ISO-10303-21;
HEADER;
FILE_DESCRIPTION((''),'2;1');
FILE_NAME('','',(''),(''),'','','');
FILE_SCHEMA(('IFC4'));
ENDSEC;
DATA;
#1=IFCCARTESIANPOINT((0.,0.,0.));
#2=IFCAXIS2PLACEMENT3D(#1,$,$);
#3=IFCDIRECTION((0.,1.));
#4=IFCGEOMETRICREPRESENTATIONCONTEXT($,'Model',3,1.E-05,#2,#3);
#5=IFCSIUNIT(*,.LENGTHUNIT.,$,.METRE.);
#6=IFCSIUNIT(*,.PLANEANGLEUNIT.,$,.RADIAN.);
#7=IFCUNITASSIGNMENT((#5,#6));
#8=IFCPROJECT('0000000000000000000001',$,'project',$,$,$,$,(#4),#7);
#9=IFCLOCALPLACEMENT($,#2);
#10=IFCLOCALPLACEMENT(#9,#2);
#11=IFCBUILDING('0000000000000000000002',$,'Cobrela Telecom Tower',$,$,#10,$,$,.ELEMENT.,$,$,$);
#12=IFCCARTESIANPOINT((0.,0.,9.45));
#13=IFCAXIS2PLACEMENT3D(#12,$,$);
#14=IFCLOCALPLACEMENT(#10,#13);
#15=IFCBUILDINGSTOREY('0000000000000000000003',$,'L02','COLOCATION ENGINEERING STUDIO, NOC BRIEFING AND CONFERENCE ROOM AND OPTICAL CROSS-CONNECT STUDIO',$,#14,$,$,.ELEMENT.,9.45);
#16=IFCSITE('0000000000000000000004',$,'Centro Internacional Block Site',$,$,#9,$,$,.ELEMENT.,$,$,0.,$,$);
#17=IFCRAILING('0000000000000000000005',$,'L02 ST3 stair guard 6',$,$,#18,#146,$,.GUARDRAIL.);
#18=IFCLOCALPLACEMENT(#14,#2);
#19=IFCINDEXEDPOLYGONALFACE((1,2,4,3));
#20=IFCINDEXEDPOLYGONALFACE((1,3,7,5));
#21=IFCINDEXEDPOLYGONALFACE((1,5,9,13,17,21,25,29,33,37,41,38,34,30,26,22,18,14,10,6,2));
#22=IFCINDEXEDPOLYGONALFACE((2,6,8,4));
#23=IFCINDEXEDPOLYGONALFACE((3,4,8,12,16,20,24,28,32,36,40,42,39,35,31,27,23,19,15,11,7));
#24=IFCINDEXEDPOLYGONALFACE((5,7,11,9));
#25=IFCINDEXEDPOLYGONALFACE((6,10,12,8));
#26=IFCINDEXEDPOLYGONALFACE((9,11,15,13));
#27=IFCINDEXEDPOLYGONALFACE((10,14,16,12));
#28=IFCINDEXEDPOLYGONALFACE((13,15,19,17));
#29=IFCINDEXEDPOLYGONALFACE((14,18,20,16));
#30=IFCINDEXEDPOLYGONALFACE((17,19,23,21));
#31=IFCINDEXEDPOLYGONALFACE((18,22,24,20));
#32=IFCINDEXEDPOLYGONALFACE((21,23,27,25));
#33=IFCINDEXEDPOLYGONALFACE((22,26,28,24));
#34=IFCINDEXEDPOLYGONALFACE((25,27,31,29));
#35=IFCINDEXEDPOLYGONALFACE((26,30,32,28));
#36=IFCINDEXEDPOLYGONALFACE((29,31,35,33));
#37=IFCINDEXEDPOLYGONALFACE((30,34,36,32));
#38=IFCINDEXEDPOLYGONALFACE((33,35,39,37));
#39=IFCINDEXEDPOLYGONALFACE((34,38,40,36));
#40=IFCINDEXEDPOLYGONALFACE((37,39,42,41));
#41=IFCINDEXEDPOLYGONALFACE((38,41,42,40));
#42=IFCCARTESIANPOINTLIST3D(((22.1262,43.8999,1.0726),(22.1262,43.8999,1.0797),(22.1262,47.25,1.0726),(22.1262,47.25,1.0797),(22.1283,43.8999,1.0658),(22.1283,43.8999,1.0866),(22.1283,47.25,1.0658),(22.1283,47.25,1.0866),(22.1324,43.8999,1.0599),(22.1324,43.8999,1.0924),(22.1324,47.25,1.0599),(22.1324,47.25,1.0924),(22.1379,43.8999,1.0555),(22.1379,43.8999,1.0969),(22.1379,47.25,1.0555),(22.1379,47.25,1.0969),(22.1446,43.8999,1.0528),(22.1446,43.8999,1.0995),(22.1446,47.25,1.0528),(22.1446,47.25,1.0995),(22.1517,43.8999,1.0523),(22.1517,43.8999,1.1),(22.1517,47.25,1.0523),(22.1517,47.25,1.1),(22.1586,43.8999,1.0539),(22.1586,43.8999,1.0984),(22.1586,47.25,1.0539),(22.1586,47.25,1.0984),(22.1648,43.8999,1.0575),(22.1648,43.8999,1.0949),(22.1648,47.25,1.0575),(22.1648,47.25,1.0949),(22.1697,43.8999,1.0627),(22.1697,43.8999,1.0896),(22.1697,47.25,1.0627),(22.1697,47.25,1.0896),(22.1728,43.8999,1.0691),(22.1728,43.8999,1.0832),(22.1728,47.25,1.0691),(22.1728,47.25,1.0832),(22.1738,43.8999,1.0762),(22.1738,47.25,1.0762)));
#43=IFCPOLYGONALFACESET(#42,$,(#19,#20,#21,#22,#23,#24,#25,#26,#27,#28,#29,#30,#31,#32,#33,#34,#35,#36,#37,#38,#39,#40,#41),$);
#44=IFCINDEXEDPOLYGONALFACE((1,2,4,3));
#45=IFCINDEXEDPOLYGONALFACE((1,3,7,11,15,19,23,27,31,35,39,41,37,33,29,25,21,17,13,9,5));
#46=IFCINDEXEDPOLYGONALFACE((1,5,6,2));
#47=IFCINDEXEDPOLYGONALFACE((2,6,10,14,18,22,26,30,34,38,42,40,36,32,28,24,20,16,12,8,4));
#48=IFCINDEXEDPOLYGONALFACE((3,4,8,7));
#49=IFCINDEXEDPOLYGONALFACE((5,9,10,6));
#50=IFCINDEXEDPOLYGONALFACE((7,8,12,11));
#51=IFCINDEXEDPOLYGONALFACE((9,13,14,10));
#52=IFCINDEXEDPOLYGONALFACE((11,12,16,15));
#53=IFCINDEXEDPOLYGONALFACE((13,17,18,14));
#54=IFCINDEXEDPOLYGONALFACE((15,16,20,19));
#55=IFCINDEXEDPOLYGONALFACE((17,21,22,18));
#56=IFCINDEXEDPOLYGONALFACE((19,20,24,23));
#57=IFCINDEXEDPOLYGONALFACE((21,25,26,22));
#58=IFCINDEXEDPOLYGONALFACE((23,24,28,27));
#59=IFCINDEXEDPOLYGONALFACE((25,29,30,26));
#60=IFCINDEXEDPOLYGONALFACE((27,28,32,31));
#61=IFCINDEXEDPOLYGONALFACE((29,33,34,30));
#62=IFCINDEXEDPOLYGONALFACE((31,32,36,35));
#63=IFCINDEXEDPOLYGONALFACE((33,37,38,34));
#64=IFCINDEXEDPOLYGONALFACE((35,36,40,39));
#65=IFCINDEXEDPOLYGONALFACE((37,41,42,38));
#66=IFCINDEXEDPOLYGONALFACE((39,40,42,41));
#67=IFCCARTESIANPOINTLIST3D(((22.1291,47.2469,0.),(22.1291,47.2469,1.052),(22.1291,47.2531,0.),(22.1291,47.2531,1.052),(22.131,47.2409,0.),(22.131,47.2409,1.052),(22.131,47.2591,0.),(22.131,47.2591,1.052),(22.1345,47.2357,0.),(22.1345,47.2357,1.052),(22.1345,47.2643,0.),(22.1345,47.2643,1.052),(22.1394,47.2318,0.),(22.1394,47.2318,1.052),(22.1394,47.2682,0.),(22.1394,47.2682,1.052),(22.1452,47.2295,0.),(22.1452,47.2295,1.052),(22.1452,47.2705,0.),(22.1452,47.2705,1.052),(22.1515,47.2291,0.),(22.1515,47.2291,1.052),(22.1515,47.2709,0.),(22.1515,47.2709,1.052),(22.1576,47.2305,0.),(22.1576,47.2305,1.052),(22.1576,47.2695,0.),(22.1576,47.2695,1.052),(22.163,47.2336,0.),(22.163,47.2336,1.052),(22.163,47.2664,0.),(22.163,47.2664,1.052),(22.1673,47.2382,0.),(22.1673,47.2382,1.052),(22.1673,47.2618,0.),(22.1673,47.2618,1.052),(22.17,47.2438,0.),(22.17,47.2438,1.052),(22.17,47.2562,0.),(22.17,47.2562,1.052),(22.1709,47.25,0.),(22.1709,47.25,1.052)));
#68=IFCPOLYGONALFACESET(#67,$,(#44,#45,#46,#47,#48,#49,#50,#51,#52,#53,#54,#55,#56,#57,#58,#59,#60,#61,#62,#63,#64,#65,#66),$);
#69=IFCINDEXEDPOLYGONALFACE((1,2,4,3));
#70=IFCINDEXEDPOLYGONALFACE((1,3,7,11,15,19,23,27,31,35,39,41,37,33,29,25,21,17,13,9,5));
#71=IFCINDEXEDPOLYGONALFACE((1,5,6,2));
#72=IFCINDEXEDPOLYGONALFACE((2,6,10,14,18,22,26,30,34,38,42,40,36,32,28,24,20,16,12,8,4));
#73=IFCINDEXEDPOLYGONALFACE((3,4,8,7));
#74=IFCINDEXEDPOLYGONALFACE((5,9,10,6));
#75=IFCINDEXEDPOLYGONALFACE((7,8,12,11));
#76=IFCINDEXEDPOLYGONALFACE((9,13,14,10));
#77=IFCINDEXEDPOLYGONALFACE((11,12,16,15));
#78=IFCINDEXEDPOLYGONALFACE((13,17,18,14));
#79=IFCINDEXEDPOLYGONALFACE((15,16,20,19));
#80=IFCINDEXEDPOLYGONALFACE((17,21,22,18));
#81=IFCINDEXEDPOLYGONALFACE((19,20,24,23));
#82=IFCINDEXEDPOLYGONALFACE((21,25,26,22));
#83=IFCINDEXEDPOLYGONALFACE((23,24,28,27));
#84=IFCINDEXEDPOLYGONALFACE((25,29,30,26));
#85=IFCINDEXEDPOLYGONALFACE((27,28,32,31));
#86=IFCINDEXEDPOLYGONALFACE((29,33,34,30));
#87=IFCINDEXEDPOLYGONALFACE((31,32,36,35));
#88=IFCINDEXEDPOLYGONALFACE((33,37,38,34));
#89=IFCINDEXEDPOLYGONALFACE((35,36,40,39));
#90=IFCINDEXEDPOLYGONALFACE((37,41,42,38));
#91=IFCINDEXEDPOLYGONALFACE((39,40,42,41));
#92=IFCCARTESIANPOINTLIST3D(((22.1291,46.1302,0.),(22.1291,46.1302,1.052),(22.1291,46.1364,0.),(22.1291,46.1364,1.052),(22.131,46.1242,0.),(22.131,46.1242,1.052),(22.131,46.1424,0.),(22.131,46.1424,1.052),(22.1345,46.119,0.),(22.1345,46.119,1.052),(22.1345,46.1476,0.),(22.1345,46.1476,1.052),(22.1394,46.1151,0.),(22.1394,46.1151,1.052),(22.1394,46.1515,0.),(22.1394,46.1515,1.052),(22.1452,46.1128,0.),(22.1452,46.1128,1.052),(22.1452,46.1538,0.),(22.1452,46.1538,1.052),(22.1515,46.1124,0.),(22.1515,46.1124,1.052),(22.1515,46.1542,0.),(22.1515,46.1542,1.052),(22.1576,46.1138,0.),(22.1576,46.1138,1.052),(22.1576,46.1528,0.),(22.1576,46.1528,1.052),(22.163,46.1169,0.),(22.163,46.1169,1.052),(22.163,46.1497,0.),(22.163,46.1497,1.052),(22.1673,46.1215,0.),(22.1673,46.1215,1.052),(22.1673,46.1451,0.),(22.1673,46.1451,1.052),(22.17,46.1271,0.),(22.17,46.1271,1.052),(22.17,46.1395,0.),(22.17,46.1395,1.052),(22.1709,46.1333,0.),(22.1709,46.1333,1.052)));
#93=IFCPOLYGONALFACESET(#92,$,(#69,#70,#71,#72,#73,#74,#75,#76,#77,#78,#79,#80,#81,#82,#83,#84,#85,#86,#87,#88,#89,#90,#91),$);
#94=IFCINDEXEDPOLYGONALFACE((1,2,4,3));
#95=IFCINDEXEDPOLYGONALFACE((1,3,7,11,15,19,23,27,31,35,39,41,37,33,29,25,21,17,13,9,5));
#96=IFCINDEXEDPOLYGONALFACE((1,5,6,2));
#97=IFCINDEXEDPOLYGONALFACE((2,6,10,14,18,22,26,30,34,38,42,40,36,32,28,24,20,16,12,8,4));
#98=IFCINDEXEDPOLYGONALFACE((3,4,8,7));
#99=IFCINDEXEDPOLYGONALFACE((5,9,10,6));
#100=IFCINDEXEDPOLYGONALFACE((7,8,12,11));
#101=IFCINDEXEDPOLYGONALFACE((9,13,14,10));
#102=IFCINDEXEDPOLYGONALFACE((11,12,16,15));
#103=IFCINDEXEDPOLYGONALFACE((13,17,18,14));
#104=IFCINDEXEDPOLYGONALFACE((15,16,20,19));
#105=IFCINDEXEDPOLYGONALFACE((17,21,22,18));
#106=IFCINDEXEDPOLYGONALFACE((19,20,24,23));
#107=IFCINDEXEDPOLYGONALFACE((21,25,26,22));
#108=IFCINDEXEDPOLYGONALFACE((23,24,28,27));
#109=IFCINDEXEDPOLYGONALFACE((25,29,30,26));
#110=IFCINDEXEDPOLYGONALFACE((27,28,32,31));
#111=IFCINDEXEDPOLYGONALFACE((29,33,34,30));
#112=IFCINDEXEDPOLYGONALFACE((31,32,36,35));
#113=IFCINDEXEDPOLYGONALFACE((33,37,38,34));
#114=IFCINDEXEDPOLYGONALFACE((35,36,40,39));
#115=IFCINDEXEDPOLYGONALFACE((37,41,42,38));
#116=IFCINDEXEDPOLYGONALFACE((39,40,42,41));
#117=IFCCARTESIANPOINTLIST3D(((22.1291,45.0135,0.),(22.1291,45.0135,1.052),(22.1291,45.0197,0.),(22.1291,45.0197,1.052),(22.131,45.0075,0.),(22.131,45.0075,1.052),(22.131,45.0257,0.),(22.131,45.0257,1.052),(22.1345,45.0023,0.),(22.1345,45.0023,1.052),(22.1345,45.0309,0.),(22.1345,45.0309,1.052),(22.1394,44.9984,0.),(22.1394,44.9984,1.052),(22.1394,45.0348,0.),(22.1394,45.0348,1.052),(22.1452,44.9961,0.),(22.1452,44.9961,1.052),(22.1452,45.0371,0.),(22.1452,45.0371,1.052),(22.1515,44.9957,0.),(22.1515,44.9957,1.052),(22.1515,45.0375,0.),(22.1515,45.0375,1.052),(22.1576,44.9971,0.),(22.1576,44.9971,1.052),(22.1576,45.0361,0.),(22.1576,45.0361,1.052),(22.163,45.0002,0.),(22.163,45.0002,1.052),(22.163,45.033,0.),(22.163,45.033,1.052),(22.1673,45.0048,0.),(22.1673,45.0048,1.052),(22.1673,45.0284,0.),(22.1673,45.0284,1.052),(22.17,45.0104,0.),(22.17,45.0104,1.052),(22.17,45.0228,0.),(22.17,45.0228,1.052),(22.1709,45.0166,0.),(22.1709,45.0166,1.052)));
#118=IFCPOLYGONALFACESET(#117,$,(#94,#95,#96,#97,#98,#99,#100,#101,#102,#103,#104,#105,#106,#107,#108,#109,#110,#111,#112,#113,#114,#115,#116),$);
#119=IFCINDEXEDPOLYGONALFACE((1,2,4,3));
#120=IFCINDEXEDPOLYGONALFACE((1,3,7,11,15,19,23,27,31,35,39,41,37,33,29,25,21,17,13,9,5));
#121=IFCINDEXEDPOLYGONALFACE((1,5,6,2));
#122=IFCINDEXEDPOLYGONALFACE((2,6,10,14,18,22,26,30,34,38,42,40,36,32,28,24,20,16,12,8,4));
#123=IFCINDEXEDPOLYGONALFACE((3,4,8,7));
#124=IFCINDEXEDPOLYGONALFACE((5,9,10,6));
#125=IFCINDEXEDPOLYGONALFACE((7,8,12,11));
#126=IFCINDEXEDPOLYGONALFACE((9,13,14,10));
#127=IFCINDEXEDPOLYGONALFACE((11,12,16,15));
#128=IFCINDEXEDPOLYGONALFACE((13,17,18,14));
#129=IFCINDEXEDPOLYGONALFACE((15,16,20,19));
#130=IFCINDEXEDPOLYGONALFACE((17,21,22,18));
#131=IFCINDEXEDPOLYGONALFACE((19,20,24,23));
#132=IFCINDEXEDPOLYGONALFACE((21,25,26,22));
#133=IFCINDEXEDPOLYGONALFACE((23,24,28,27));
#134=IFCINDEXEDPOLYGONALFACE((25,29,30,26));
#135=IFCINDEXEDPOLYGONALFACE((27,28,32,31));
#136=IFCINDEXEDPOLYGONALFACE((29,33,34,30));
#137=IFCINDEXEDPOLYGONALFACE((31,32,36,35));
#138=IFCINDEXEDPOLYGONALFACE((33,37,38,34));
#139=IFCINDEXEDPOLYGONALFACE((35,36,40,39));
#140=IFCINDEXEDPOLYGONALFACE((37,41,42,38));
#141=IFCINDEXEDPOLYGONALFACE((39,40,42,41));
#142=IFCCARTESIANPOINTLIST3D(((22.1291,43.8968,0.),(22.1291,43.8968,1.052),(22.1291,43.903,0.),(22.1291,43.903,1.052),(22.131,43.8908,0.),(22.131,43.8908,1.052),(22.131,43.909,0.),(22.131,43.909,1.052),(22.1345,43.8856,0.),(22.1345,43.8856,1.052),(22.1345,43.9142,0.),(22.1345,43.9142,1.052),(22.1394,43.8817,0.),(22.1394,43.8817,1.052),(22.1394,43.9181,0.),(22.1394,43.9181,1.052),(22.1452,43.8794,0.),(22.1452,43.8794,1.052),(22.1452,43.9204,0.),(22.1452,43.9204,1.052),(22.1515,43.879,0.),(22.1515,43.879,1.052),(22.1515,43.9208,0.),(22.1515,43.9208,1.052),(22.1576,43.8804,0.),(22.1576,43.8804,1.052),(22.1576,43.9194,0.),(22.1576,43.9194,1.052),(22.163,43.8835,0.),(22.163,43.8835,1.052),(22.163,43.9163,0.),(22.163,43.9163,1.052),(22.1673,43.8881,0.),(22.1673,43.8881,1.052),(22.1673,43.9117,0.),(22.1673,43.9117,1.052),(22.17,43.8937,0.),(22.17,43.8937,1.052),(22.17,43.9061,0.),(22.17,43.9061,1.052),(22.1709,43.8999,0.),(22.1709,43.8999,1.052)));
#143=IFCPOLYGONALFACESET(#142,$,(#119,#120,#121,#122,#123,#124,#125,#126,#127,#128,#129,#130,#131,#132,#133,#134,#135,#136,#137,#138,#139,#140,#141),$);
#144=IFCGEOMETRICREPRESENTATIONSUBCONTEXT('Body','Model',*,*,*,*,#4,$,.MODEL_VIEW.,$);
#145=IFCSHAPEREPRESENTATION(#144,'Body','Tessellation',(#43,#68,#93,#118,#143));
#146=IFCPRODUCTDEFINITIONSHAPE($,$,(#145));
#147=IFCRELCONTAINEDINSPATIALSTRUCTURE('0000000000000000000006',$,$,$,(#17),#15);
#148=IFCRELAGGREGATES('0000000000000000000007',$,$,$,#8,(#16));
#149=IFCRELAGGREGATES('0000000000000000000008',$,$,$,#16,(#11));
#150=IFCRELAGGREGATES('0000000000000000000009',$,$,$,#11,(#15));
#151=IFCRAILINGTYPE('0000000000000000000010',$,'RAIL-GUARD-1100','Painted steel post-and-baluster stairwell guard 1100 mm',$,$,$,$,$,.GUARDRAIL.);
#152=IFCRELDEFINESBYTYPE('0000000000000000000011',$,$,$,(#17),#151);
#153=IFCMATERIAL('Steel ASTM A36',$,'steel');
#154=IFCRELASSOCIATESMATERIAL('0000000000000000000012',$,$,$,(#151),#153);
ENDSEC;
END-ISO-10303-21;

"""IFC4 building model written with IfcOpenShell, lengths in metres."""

from ifc_helpers import new_model, si_unit, direction, frame, origin, origin_2d, place, context, subcontext, project, spatial, circle, extrude, material, type_object, element, save


model = new_model("IFC4")

# Units and contexts
model_context = context("Model", 3, precision=1e-05, world=origin(), true_north=direction((0.0, 1.0)))
body_context = subcontext(model_context, "Body", "Model", "MODEL_VIEW")
ifc_project = project(units=[si_unit("LENGTHUNIT", "METRE"), si_unit("PLANEANGLEUNIT", "RADIAN")], contexts=[model_context])

# Site, building, storey
site_placement = place(None, origin())
site = spatial("IfcSite", under=ifc_project, at=site_placement, Name="Centro Internacional Block Site", CompositionType="ELEMENT", RefElevation=0.0)
building_placement = place(site_placement, origin())
building = spatial("IfcBuilding", under=site, at=building_placement, Name="Cobrela Telecom Tower", CompositionType="ELEMENT")
storey_placement = place(building_placement, frame((0.0, 0.0, 9.45)))
storey = spatial("IfcBuildingStorey", under=building, at=storey_placement, Name="L02", Description="COLOCATION ENGINEERING STUDIO, NOC BRIEFING AND CONFERENCE ROOM AND OPTICAL CROSS-CONNECT STUDIO", CompositionType="ELEMENT", Elevation=9.45)

# Shared definitions
ifc_material_1 = material(Name="Steel ASTM A36", Category="steel")

# Railing
railing_type_1 = type_object("IfcRailingType", Name="RAIL-GUARD-1100", Description="Painted steel post-and-baluster stairwell guard 1100 mm", PredefinedType="GUARDRAIL", material=ifc_material_1)
railing_1_placement = place(storey_placement, frame((22.1499, 47.25, 0.0)))
element("IfcRailing", 1, at=railing_1_placement, inside=storey, type_object=railing_type_1, Name="L02 ST3 stair guard 6", PredefinedType="GUARDRAIL", context=body_context, shape_type="SweptSolid", body=[
    extrude(circle(Radius=0.0239, at=origin_2d()), frame((0.0, 0.0, 1.0762), z_axis=(0.0, -1.0, 0.0), x_axis=(1.0, 0.0, 0.0)), (0.0, 0.0, 1.0), 3.3501),
    extrude(circle(Radius=0.021, at=origin_2d()), origin(), (0.0, 0.0, 1.0), 1.052),
    extrude(circle(Radius=0.021, at=origin_2d()), frame((0.0, -1.1167, 0.0)), (0.0, 0.0, 1.0), 1.052),
    extrude(circle(Radius=0.021, at=origin_2d()), frame((0.0, -2.2334, 0.0)), (0.0, 0.0, 1.0), 1.052),
    extrude(circle(Radius=0.021, at=origin_2d()), frame((0.0, -3.3501, 0.0)), (0.0, 0.0, 1.0), 1.052),
])

save(model, "model.ifc")
